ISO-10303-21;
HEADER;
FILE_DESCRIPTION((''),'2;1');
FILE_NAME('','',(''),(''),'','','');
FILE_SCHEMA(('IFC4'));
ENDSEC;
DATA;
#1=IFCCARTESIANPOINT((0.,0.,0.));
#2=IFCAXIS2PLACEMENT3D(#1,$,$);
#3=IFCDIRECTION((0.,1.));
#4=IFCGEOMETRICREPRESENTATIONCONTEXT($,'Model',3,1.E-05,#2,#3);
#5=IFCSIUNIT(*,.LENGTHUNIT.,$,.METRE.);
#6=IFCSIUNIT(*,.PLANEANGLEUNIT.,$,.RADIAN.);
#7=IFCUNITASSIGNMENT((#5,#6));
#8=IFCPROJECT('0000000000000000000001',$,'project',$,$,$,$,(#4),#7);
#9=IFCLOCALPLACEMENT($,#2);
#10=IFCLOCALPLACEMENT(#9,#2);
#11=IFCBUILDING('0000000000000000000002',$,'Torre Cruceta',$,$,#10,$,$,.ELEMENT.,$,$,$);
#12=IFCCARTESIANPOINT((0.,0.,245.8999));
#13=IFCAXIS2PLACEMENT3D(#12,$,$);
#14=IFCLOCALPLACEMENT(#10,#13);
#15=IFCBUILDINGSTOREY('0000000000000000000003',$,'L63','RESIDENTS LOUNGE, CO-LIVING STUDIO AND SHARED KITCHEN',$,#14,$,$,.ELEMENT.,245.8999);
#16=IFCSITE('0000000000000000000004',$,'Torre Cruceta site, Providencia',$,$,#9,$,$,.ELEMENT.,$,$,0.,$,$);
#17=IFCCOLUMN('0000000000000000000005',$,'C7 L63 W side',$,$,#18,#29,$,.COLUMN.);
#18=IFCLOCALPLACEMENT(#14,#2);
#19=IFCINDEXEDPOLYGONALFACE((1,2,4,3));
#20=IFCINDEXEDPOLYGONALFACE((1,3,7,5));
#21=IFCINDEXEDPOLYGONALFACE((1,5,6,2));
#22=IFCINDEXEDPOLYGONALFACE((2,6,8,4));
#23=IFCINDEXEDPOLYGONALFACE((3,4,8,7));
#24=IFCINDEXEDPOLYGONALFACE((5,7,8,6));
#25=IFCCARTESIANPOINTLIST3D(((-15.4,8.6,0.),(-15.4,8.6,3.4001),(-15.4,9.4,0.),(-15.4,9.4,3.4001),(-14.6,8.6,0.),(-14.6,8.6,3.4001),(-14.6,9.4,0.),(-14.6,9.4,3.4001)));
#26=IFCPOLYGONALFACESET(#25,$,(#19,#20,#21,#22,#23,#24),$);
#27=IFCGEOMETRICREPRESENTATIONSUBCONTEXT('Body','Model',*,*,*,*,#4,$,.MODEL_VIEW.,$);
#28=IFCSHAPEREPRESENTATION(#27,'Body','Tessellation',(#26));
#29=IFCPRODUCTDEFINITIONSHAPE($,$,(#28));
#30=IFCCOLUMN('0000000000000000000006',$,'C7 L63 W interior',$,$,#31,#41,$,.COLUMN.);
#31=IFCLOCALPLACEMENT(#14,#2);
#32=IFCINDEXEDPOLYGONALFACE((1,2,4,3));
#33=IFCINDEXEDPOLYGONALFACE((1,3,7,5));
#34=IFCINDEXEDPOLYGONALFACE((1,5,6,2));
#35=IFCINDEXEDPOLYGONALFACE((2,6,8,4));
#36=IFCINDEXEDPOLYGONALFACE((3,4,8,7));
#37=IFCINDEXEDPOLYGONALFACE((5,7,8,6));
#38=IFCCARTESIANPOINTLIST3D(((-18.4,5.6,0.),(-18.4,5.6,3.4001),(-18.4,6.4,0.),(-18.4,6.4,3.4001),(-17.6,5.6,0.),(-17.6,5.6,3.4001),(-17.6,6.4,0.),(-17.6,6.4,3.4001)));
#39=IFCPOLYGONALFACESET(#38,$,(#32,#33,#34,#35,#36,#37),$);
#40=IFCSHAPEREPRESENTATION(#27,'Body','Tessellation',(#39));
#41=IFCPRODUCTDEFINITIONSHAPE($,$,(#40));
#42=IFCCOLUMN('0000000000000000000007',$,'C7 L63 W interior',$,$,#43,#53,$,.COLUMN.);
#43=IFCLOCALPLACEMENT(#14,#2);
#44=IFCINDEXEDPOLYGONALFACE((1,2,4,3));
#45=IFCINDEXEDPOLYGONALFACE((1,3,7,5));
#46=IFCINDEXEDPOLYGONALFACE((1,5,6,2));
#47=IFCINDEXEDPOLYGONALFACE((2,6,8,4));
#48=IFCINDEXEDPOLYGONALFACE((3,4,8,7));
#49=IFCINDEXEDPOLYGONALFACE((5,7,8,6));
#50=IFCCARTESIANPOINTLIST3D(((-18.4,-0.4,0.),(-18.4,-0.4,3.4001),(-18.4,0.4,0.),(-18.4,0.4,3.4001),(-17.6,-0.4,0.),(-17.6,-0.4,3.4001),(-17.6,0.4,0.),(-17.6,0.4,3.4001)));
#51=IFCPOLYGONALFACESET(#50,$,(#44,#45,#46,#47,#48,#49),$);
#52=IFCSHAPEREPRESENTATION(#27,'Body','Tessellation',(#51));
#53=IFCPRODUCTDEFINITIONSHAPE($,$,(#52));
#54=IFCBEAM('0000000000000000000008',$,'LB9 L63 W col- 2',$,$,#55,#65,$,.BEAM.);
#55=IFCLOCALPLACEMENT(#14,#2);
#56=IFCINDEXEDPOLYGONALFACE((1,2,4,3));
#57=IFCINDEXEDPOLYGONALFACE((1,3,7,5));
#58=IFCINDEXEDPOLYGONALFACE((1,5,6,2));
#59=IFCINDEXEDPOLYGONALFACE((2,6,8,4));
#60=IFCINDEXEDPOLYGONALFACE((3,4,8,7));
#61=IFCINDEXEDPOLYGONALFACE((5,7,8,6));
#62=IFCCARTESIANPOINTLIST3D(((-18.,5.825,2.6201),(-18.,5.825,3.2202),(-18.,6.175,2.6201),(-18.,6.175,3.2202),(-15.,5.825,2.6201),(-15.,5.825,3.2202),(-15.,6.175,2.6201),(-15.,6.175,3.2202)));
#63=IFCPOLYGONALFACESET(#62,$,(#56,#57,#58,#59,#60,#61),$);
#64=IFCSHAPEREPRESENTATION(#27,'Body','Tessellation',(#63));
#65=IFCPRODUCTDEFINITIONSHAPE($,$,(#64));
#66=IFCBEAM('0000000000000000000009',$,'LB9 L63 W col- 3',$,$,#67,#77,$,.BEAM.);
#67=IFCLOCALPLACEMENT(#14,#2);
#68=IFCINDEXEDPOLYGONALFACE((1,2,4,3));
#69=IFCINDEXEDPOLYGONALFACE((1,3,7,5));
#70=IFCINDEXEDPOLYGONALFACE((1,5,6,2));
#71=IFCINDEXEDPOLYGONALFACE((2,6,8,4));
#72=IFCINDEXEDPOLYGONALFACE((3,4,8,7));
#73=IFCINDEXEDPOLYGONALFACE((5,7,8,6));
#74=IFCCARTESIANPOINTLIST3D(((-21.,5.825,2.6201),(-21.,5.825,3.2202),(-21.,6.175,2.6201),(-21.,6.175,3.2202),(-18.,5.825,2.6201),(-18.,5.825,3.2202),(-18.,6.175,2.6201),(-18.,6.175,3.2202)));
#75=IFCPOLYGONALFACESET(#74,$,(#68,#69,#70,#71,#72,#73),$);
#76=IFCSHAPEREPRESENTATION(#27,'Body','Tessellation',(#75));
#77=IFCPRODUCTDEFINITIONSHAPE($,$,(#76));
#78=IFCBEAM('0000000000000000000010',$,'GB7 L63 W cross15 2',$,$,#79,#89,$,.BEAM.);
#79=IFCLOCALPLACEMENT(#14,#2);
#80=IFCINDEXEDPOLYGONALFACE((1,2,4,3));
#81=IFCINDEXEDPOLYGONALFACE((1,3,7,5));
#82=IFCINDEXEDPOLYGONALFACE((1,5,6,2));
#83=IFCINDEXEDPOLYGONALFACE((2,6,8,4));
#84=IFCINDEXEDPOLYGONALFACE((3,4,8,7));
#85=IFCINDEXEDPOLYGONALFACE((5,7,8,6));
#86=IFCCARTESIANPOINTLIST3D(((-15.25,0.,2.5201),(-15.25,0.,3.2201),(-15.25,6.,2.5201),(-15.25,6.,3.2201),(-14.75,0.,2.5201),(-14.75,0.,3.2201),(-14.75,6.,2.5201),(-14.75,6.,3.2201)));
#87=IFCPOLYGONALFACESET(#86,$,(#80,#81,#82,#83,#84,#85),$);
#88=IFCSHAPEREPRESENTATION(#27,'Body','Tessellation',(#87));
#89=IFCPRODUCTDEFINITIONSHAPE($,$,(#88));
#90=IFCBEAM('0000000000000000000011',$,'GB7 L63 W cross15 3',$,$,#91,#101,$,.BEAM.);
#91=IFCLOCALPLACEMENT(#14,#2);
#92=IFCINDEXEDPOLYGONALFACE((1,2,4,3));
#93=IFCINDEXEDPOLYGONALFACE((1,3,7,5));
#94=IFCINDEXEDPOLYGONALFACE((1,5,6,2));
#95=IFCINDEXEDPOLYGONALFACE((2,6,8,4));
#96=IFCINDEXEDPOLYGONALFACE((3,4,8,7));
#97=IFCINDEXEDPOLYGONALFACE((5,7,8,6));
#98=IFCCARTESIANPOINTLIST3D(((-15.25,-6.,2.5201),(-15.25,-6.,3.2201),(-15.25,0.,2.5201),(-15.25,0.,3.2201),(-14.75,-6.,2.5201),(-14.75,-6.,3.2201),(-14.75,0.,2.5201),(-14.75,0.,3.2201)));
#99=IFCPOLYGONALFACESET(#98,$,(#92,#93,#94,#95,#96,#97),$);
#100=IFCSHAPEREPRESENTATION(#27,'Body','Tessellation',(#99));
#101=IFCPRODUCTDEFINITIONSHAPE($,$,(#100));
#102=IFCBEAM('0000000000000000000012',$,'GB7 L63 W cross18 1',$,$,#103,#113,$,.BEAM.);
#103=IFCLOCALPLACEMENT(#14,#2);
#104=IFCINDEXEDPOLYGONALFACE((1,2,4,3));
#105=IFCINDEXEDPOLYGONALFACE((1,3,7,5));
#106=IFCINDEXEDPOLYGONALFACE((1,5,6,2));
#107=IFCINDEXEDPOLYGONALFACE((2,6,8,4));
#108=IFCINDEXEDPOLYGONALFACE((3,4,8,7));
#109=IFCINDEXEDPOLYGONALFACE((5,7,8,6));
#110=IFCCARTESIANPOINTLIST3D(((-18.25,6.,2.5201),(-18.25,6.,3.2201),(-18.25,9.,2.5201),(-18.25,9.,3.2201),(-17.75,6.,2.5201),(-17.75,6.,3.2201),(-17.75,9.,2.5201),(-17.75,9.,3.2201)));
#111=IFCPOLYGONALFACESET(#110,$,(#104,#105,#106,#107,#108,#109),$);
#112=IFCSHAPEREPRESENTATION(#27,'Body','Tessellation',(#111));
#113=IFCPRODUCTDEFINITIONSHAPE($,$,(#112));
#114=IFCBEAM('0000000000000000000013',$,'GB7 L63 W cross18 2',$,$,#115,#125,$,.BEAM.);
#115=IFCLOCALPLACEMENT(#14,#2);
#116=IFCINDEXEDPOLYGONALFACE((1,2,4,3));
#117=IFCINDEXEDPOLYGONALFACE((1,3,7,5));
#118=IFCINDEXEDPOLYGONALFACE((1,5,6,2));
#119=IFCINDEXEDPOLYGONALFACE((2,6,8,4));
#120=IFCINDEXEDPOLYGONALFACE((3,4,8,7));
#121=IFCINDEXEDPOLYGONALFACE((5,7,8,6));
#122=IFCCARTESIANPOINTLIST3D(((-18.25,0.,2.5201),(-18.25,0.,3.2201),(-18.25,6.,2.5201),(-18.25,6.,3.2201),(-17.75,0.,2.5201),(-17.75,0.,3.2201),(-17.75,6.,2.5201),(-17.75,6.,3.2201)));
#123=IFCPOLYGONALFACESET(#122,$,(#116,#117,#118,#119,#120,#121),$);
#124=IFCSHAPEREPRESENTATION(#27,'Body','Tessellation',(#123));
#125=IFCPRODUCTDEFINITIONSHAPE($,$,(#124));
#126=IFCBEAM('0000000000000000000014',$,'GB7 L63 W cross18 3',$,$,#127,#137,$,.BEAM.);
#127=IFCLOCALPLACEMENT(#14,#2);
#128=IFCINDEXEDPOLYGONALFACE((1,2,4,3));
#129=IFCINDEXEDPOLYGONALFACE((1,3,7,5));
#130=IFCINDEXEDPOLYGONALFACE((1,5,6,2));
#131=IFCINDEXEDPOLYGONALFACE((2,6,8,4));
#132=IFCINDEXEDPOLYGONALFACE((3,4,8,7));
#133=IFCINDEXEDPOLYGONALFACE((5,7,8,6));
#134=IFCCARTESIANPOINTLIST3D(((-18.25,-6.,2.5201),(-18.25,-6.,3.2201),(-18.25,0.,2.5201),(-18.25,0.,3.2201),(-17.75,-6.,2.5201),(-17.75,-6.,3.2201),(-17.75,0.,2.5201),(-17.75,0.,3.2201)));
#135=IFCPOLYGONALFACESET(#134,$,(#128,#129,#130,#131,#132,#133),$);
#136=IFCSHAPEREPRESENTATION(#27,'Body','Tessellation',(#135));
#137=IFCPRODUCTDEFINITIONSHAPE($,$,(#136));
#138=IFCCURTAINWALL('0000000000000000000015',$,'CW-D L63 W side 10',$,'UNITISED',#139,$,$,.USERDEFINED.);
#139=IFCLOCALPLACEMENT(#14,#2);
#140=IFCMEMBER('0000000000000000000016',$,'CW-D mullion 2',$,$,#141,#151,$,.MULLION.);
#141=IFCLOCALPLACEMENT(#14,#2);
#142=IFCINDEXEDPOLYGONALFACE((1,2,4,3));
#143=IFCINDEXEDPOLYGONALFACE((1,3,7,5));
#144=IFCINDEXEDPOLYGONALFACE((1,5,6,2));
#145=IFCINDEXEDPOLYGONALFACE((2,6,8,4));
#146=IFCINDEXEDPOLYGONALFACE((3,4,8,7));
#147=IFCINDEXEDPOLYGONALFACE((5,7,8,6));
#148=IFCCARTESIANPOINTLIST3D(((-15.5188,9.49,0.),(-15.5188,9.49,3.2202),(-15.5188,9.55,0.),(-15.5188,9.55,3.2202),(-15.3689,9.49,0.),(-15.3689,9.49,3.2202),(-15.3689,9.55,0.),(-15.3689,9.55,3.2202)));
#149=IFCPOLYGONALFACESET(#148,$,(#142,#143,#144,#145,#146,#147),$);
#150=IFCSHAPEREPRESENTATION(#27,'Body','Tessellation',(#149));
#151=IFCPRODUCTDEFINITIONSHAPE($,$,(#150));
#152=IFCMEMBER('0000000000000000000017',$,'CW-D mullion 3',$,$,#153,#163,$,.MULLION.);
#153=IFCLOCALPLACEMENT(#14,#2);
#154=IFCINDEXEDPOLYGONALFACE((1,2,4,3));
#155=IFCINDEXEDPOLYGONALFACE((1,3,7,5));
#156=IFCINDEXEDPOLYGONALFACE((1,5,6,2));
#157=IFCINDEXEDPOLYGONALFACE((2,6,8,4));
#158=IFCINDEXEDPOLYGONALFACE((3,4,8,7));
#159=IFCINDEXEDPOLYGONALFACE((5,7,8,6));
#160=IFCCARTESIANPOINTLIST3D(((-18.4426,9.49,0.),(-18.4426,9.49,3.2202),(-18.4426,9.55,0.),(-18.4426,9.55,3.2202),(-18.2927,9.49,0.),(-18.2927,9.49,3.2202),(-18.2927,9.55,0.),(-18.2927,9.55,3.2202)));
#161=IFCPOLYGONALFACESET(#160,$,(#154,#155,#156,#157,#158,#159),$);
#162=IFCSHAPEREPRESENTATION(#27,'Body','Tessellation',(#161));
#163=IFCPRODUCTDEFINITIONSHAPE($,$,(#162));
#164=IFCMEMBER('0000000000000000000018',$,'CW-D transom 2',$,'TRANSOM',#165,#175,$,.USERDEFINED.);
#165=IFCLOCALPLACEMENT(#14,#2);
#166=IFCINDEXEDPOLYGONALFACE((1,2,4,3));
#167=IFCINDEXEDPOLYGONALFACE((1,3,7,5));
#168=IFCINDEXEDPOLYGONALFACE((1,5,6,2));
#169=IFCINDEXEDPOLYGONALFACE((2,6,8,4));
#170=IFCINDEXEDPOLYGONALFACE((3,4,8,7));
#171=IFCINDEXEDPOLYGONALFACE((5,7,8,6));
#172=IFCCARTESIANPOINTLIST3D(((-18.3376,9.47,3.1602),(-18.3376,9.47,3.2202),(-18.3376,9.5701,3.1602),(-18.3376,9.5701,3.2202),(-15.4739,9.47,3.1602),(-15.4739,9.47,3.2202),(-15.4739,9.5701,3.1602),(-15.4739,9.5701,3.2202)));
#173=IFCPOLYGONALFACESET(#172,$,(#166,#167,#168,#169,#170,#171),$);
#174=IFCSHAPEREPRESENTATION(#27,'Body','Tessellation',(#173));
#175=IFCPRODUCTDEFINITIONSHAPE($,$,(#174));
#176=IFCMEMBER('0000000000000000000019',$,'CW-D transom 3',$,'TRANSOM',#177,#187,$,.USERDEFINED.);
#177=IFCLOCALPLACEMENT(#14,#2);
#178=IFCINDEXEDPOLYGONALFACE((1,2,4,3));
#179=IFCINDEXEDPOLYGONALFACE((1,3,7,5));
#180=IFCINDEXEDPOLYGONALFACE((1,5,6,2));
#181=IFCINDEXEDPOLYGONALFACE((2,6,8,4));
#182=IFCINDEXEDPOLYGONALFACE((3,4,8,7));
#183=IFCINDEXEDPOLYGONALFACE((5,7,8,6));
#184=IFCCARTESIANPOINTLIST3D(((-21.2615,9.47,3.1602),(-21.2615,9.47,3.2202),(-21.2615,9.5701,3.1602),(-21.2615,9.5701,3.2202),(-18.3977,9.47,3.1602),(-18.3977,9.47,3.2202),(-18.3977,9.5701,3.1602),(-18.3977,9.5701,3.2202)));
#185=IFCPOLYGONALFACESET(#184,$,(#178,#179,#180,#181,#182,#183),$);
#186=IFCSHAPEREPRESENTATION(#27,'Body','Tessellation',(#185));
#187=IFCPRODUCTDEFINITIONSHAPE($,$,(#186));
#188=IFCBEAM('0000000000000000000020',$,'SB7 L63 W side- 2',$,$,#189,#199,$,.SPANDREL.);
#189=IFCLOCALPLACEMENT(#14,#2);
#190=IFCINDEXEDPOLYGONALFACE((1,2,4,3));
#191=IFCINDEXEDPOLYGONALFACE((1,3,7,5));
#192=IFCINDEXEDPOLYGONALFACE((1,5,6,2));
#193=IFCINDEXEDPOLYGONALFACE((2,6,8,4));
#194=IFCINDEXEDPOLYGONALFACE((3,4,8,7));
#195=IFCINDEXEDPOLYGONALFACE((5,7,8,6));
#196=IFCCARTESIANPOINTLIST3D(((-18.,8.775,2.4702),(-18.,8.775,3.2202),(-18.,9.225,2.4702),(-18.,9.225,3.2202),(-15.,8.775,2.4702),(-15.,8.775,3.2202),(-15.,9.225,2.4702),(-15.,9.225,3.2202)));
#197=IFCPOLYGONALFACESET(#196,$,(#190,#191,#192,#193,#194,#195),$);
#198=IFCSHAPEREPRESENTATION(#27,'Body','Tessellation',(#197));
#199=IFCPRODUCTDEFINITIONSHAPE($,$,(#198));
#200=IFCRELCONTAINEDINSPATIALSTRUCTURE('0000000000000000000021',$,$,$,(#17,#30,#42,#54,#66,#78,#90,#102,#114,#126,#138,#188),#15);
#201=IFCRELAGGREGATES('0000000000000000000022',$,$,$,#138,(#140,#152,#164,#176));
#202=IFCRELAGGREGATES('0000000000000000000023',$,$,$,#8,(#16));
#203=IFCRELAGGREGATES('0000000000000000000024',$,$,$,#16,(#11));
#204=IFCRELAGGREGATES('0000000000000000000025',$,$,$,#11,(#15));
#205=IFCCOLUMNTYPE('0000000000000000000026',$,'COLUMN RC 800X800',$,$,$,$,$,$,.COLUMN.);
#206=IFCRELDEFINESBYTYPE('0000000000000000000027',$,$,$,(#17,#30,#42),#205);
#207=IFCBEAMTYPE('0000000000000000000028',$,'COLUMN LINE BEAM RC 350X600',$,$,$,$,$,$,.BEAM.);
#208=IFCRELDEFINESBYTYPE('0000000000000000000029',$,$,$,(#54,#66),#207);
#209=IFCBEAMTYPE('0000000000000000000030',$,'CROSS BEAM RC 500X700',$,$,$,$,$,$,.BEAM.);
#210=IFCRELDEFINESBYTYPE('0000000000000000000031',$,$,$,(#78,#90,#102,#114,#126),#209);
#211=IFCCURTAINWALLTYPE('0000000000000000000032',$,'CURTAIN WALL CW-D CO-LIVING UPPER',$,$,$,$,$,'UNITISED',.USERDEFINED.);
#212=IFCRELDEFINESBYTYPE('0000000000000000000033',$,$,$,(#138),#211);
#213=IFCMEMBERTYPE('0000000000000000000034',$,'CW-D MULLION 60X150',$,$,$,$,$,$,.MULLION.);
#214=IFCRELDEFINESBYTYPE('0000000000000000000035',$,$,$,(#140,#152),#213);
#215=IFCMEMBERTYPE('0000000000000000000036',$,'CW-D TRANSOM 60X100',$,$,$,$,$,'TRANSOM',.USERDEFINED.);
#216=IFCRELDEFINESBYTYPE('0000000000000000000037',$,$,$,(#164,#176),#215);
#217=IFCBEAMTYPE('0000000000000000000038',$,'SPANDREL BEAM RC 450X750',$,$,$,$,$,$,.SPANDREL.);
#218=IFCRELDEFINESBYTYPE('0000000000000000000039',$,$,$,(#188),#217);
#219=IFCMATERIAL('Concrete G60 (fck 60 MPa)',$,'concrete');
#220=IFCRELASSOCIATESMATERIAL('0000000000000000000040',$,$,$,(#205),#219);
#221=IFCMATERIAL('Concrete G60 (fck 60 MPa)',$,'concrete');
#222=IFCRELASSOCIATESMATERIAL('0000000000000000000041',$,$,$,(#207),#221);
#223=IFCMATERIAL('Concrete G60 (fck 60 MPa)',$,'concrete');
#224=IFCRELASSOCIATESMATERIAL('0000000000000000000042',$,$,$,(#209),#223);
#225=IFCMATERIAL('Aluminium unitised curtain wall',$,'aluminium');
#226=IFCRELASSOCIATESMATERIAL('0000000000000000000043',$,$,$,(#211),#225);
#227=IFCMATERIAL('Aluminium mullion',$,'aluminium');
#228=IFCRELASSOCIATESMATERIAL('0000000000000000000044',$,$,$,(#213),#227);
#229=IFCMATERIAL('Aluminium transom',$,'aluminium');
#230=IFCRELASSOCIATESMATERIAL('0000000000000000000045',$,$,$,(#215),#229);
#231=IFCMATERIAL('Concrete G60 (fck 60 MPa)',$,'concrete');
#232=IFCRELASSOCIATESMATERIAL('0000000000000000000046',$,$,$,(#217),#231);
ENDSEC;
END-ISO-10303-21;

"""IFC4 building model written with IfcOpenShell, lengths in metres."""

from ifc_helpers import new_model, si_unit, direction, frame, origin, origin_2d, place, context, subcontext, project, spatial, rectangle, extrude, material, material_profile, profile_set, type_object, element, aggregate, save


model = new_model("IFC4")

# Units and contexts
model_context = context("Model", 3, precision=1e-05, world=origin(), true_north=direction((0.0, 1.0)))
body_context = subcontext(model_context, "Body", "Model", "MODEL_VIEW")
ifc_project = project(units=[si_unit("LENGTHUNIT", "METRE"), si_unit("PLANEANGLEUNIT", "RADIAN")], contexts=[model_context])

# Site, building, storey
site_placement = place(None, origin())
site = spatial("IfcSite", under=ifc_project, at=site_placement, Name="Torre Cruceta site, Providencia", CompositionType="ELEMENT", RefElevation=0.0)
building_placement = place(site_placement, origin())
building = spatial("IfcBuilding", under=site, at=building_placement, Name="Torre Cruceta", CompositionType="ELEMENT")
storey_placement = place(building_placement, frame((0.0, 0.0, 245.8999)))
storey = spatial("IfcBuildingStorey", under=building, at=storey_placement, Name="L63", Description="RESIDENTS LOUNGE, CO-LIVING STUDIO AND SHARED KITCHEN", CompositionType="ELEMENT", Elevation=245.8999)

# Columns
ifc_material_1 = material(Name="Concrete G60 (fck 60 MPa)", Category="concrete")
ifc_material_profile_1 = material_profile(ifc_material_1, rectangle(XDim=0.8, YDim=0.8, at=origin_2d()), Name="RC 800X800")
ifc_profile_set_1 = profile_set([ifc_material_profile_1], Name="Concrete G60 (fck 60 MPa)")
column_type = type_object("IfcColumnType", Name="COLUMN RC 800X800", PredefinedType="COLUMN", material=ifc_profile_set_1)
for number, where, z_axis, x_axis, name in (
    (1, (-15.0, 9.0, 0.0), (0.0, 0.0, 1.0), (1.0, 0.0, 0.0), "C7 L63 W side"),
    (2, (-18.0, 6.0, 0.0), (0.0, 0.0, 1.0), (1.0, 0.0, 0.0), "C7 L63 W interior"),
    (3, (-18.0, 0.0, 0.0), (0.0, 0.0, 1.0), (1.0, 0.0, 0.0), "C7 L63 W interior"),
):
    element("IfcColumn", number, at=place(storey_placement, frame(where, z_axis=z_axis, x_axis=x_axis)), inside=storey, type_object=column_type, Name=name, PredefinedType="COLUMN", context=body_context, shape_type="SweptSolid", body=[
        extrude(rectangle(XDim=0.8, YDim=0.8, at=origin_2d()), origin(), (0.0, 0.0, 1.0), 3.4001),
    ])

# Beams
ifc_material_2 = material(Name="Concrete G60 (fck 60 MPa)", Category="concrete")
ifc_material_profile_2 = material_profile(ifc_material_2, rectangle(XDim=0.3501, YDim=0.6001, at=origin_2d()), Name="RC 350X600")
ifc_profile_set_2 = profile_set([ifc_material_profile_2], Name="Concrete G60 (fck 60 MPa)")
beam_type_1 = type_object("IfcBeamType", Name="COLUMN LINE BEAM RC 350X600", PredefinedType="BEAM", material=ifc_profile_set_2)
for number, where, z_axis, x_axis, name in (
    (4, (-15.0, 6.0, 2.9202), (-1.0, 0.0, 0.0), (0.0, -1.0, 0.0), "LB9 L63 W col- 2"),
    (5, (-18.0, 6.0, 2.9202), (-1.0, 0.0, 0.0), (0.0, -1.0, 0.0), "LB9 L63 W col- 3"),
):
    element("IfcBeam", number, at=place(storey_placement, frame(where, z_axis=z_axis, x_axis=x_axis)), inside=storey, type_object=beam_type_1, Name=name, PredefinedType="BEAM", context=body_context, shape_type="SweptSolid", body=[
        extrude(rectangle(XDim=0.3501, YDim=0.6001, at=origin_2d()), origin(), (0.0, 0.0, 1.0), 3.0),
    ])
ifc_material_3 = material(Name="Concrete G60 (fck 60 MPa)", Category="concrete")
ifc_material_profile_3 = material_profile(ifc_material_3, rectangle(XDim=0.5, YDim=0.7, at=origin_2d()), Name="RC 500X700")
ifc_profile_set_3 = profile_set([ifc_material_profile_3], Name="Concrete G60 (fck 60 MPa)")
beam_type_2 = type_object("IfcBeamType", Name="CROSS BEAM RC 500X700", PredefinedType="BEAM", material=ifc_profile_set_3)
for number, where, z_axis, x_axis, name in (
    (6, (-15.0, 6.0, 2.8701), (0.0, -1.0, 0.0), (1.0, 0.0, 0.0), "GB7 L63 W cross15 2"),
    (7, (-15.0, 0.0, 2.8701), (0.0, -1.0, 0.0), (1.0, 0.0, 0.0), "GB7 L63 W cross15 3"),
):
    element("IfcBeam", number, at=place(storey_placement, frame(where, z_axis=z_axis, x_axis=x_axis)), inside=storey, type_object=beam_type_2, Name=name, PredefinedType="BEAM", context=body_context, shape_type="SweptSolid", body=[
        extrude(rectangle(XDim=0.5, YDim=0.7, at=origin_2d()), origin(), (0.0, 0.0, 1.0), 6.0),
    ])
beam_placement = place(storey_placement, frame((-18.0, 9.0, 2.8701), z_axis=(0.0, -1.0, 0.0), x_axis=(1.0, 0.0, 0.0)))
element("IfcBeam", 8, at=beam_placement, inside=storey, type_object=beam_type_2, Name="GB7 L63 W cross18 1", PredefinedType="BEAM", context=body_context, shape_type="SweptSolid", body=[
    extrude(rectangle(XDim=0.5, YDim=0.7, at=origin_2d()), origin(), (0.0, 0.0, 1.0), 3.0),
])
for number, where, z_axis, x_axis, name in (
    (9, (-18.0, 6.0, 2.8701), (0.0, -1.0, 0.0), (1.0, 0.0, 0.0), "GB7 L63 W cross18 2"),
    (10, (-18.0, 0.0, 2.8701), (0.0, -1.0, 0.0), (1.0, 0.0, 0.0), "GB7 L63 W cross18 3"),
):
    element("IfcBeam", number, at=place(storey_placement, frame(where, z_axis=z_axis, x_axis=x_axis)), inside=storey, type_object=beam_type_2, Name=name, PredefinedType="BEAM", context=body_context, shape_type="SweptSolid", body=[
        extrude(rectangle(XDim=0.5, YDim=0.7, at=origin_2d()), origin(), (0.0, 0.0, 1.0), 6.0),
    ])

# Curtain wall, members
ifc_material_4 = material(Name="Aluminium unitised curtain wall", Category="aluminium")
curtain_wall_type = type_object("IfcCurtainWallType", Name="CURTAIN WALL CW-D CO-LIVING UPPER", ElementType="UNITISED", PredefinedType="USERDEFINED", material=ifc_material_4)
curtain_wall_placement = place(storey_placement, origin())
curtain_wall = element("IfcCurtainWall", 11, at=curtain_wall_placement, inside=storey, type_object=curtain_wall_type, Name="CW-D L63 W side 10", ObjectType="UNITISED", PredefinedType="USERDEFINED")
ifc_material_5 = material(Name="Aluminium mullion", Category="aluminium")
ifc_material_profile_4 = material_profile(ifc_material_5, rectangle(XDim=0.0601, YDim=0.1499, at=origin_2d()), Name="AL 60X150")
ifc_profile_set_4 = profile_set([ifc_material_profile_4], Name="Aluminium mullion")
member_type_1 = type_object("IfcMemberType", Name="CW-D MULLION 60X150", PredefinedType="MULLION", material=ifc_profile_set_4)
member_1_placement = place(storey_placement, frame((-15.4438, 9.52, 0.0), z_axis=(0.0, 0.0, 1.0), x_axis=(0.0, -1.0, 0.0)))
member_1 = element("IfcMember", 12, at=member_1_placement, type_object=member_type_1, Name="CW-D mullion 2", PredefinedType="MULLION", context=body_context, shape_type="SweptSolid", body=[
    extrude(rectangle(XDim=0.0601, YDim=0.1499, at=origin_2d()), origin(), (0.0, 0.0, 1.0), 3.2202),
])
member_2_placement = place(storey_placement, frame((-18.3677, 9.52, 0.0), z_axis=(0.0, 0.0, 1.0), x_axis=(0.0, -1.0, 0.0)))
member_2 = element("IfcMember", 13, at=member_2_placement, type_object=member_type_1, Name="CW-D mullion 3", PredefinedType="MULLION", context=body_context, shape_type="SweptSolid", body=[
    extrude(rectangle(XDim=0.0601, YDim=0.1499, at=origin_2d()), origin(), (0.0, 0.0, 1.0), 3.2202),
])
ifc_material_6 = material(Name="Aluminium transom", Category="aluminium")
ifc_material_profile_5 = material_profile(ifc_material_6, rectangle(XDim=0.1001, YDim=0.0601, at=origin_2d()), Name="AL 100X60")
ifc_profile_set_5 = profile_set([ifc_material_profile_5], Name="Aluminium transom")
member_type_2 = type_object("IfcMemberType", Name="CW-D TRANSOM 60X100", ElementType="TRANSOM", PredefinedType="USERDEFINED", material=ifc_profile_set_5)
member_3_placement = place(storey_placement, frame((-15.4739, 9.52, 3.1902), z_axis=(-1.0, 0.0, 0.0), x_axis=(0.0, -1.0, 0.0)))
member_3 = element("IfcMember", 14, at=member_3_placement, type_object=member_type_2, Name="CW-D transom 2", ObjectType="TRANSOM", PredefinedType="USERDEFINED", context=body_context, shape_type="SweptSolid", body=[
    extrude(rectangle(XDim=0.1001, YDim=0.0601, at=origin_2d()), origin(), (0.0, 0.0, 1.0), 2.8638),
])
member_4_placement = place(storey_placement, frame((-18.3977, 9.52, 3.1902), z_axis=(-1.0, 0.0, 0.0), x_axis=(0.0, -1.0, 0.0)))
member_4 = element("IfcMember", 15, at=member_4_placement, type_object=member_type_2, Name="CW-D transom 3", ObjectType="TRANSOM", PredefinedType="USERDEFINED", context=body_context, shape_type="SweptSolid", body=[
    extrude(rectangle(XDim=0.1001, YDim=0.0601, at=origin_2d()), origin(), (0.0, 0.0, 1.0), 2.8638),
])

# Beam
ifc_material_7 = material(Name="Concrete G60 (fck 60 MPa)", Category="concrete")
ifc_material_profile_6 = material_profile(ifc_material_7, rectangle(XDim=0.45, YDim=0.75, at=origin_2d()), Name="RC 450X750")
ifc_profile_set_6 = profile_set([ifc_material_profile_6], Name="Concrete G60 (fck 60 MPa)")
beam_type_3 = type_object("IfcBeamType", Name="SPANDREL BEAM RC 450X750", PredefinedType="SPANDREL", material=ifc_profile_set_6)
for number, where, z_axis, x_axis, name in (
    (16, (-15.0, 9.0, 2.8452), (-1.0, 0.0, 0.0), (0.0, -1.0, 0.0), "SB7 L63 W side- 2"),
):
    element("IfcBeam", number, at=place(storey_placement, frame(where, z_axis=z_axis, x_axis=x_axis)), inside=storey, type_object=beam_type_3, Name=name, PredefinedType="SPANDREL", context=body_context, shape_type="SweptSolid", body=[
        extrude(rectangle(XDim=0.45, YDim=0.75, at=origin_2d()), origin(), (0.0, 0.0, 1.0), 3.0),
    ])

aggregate(curtain_wall, [member_1, member_2, member_3, member_4])

save(model, "model.ifc")
